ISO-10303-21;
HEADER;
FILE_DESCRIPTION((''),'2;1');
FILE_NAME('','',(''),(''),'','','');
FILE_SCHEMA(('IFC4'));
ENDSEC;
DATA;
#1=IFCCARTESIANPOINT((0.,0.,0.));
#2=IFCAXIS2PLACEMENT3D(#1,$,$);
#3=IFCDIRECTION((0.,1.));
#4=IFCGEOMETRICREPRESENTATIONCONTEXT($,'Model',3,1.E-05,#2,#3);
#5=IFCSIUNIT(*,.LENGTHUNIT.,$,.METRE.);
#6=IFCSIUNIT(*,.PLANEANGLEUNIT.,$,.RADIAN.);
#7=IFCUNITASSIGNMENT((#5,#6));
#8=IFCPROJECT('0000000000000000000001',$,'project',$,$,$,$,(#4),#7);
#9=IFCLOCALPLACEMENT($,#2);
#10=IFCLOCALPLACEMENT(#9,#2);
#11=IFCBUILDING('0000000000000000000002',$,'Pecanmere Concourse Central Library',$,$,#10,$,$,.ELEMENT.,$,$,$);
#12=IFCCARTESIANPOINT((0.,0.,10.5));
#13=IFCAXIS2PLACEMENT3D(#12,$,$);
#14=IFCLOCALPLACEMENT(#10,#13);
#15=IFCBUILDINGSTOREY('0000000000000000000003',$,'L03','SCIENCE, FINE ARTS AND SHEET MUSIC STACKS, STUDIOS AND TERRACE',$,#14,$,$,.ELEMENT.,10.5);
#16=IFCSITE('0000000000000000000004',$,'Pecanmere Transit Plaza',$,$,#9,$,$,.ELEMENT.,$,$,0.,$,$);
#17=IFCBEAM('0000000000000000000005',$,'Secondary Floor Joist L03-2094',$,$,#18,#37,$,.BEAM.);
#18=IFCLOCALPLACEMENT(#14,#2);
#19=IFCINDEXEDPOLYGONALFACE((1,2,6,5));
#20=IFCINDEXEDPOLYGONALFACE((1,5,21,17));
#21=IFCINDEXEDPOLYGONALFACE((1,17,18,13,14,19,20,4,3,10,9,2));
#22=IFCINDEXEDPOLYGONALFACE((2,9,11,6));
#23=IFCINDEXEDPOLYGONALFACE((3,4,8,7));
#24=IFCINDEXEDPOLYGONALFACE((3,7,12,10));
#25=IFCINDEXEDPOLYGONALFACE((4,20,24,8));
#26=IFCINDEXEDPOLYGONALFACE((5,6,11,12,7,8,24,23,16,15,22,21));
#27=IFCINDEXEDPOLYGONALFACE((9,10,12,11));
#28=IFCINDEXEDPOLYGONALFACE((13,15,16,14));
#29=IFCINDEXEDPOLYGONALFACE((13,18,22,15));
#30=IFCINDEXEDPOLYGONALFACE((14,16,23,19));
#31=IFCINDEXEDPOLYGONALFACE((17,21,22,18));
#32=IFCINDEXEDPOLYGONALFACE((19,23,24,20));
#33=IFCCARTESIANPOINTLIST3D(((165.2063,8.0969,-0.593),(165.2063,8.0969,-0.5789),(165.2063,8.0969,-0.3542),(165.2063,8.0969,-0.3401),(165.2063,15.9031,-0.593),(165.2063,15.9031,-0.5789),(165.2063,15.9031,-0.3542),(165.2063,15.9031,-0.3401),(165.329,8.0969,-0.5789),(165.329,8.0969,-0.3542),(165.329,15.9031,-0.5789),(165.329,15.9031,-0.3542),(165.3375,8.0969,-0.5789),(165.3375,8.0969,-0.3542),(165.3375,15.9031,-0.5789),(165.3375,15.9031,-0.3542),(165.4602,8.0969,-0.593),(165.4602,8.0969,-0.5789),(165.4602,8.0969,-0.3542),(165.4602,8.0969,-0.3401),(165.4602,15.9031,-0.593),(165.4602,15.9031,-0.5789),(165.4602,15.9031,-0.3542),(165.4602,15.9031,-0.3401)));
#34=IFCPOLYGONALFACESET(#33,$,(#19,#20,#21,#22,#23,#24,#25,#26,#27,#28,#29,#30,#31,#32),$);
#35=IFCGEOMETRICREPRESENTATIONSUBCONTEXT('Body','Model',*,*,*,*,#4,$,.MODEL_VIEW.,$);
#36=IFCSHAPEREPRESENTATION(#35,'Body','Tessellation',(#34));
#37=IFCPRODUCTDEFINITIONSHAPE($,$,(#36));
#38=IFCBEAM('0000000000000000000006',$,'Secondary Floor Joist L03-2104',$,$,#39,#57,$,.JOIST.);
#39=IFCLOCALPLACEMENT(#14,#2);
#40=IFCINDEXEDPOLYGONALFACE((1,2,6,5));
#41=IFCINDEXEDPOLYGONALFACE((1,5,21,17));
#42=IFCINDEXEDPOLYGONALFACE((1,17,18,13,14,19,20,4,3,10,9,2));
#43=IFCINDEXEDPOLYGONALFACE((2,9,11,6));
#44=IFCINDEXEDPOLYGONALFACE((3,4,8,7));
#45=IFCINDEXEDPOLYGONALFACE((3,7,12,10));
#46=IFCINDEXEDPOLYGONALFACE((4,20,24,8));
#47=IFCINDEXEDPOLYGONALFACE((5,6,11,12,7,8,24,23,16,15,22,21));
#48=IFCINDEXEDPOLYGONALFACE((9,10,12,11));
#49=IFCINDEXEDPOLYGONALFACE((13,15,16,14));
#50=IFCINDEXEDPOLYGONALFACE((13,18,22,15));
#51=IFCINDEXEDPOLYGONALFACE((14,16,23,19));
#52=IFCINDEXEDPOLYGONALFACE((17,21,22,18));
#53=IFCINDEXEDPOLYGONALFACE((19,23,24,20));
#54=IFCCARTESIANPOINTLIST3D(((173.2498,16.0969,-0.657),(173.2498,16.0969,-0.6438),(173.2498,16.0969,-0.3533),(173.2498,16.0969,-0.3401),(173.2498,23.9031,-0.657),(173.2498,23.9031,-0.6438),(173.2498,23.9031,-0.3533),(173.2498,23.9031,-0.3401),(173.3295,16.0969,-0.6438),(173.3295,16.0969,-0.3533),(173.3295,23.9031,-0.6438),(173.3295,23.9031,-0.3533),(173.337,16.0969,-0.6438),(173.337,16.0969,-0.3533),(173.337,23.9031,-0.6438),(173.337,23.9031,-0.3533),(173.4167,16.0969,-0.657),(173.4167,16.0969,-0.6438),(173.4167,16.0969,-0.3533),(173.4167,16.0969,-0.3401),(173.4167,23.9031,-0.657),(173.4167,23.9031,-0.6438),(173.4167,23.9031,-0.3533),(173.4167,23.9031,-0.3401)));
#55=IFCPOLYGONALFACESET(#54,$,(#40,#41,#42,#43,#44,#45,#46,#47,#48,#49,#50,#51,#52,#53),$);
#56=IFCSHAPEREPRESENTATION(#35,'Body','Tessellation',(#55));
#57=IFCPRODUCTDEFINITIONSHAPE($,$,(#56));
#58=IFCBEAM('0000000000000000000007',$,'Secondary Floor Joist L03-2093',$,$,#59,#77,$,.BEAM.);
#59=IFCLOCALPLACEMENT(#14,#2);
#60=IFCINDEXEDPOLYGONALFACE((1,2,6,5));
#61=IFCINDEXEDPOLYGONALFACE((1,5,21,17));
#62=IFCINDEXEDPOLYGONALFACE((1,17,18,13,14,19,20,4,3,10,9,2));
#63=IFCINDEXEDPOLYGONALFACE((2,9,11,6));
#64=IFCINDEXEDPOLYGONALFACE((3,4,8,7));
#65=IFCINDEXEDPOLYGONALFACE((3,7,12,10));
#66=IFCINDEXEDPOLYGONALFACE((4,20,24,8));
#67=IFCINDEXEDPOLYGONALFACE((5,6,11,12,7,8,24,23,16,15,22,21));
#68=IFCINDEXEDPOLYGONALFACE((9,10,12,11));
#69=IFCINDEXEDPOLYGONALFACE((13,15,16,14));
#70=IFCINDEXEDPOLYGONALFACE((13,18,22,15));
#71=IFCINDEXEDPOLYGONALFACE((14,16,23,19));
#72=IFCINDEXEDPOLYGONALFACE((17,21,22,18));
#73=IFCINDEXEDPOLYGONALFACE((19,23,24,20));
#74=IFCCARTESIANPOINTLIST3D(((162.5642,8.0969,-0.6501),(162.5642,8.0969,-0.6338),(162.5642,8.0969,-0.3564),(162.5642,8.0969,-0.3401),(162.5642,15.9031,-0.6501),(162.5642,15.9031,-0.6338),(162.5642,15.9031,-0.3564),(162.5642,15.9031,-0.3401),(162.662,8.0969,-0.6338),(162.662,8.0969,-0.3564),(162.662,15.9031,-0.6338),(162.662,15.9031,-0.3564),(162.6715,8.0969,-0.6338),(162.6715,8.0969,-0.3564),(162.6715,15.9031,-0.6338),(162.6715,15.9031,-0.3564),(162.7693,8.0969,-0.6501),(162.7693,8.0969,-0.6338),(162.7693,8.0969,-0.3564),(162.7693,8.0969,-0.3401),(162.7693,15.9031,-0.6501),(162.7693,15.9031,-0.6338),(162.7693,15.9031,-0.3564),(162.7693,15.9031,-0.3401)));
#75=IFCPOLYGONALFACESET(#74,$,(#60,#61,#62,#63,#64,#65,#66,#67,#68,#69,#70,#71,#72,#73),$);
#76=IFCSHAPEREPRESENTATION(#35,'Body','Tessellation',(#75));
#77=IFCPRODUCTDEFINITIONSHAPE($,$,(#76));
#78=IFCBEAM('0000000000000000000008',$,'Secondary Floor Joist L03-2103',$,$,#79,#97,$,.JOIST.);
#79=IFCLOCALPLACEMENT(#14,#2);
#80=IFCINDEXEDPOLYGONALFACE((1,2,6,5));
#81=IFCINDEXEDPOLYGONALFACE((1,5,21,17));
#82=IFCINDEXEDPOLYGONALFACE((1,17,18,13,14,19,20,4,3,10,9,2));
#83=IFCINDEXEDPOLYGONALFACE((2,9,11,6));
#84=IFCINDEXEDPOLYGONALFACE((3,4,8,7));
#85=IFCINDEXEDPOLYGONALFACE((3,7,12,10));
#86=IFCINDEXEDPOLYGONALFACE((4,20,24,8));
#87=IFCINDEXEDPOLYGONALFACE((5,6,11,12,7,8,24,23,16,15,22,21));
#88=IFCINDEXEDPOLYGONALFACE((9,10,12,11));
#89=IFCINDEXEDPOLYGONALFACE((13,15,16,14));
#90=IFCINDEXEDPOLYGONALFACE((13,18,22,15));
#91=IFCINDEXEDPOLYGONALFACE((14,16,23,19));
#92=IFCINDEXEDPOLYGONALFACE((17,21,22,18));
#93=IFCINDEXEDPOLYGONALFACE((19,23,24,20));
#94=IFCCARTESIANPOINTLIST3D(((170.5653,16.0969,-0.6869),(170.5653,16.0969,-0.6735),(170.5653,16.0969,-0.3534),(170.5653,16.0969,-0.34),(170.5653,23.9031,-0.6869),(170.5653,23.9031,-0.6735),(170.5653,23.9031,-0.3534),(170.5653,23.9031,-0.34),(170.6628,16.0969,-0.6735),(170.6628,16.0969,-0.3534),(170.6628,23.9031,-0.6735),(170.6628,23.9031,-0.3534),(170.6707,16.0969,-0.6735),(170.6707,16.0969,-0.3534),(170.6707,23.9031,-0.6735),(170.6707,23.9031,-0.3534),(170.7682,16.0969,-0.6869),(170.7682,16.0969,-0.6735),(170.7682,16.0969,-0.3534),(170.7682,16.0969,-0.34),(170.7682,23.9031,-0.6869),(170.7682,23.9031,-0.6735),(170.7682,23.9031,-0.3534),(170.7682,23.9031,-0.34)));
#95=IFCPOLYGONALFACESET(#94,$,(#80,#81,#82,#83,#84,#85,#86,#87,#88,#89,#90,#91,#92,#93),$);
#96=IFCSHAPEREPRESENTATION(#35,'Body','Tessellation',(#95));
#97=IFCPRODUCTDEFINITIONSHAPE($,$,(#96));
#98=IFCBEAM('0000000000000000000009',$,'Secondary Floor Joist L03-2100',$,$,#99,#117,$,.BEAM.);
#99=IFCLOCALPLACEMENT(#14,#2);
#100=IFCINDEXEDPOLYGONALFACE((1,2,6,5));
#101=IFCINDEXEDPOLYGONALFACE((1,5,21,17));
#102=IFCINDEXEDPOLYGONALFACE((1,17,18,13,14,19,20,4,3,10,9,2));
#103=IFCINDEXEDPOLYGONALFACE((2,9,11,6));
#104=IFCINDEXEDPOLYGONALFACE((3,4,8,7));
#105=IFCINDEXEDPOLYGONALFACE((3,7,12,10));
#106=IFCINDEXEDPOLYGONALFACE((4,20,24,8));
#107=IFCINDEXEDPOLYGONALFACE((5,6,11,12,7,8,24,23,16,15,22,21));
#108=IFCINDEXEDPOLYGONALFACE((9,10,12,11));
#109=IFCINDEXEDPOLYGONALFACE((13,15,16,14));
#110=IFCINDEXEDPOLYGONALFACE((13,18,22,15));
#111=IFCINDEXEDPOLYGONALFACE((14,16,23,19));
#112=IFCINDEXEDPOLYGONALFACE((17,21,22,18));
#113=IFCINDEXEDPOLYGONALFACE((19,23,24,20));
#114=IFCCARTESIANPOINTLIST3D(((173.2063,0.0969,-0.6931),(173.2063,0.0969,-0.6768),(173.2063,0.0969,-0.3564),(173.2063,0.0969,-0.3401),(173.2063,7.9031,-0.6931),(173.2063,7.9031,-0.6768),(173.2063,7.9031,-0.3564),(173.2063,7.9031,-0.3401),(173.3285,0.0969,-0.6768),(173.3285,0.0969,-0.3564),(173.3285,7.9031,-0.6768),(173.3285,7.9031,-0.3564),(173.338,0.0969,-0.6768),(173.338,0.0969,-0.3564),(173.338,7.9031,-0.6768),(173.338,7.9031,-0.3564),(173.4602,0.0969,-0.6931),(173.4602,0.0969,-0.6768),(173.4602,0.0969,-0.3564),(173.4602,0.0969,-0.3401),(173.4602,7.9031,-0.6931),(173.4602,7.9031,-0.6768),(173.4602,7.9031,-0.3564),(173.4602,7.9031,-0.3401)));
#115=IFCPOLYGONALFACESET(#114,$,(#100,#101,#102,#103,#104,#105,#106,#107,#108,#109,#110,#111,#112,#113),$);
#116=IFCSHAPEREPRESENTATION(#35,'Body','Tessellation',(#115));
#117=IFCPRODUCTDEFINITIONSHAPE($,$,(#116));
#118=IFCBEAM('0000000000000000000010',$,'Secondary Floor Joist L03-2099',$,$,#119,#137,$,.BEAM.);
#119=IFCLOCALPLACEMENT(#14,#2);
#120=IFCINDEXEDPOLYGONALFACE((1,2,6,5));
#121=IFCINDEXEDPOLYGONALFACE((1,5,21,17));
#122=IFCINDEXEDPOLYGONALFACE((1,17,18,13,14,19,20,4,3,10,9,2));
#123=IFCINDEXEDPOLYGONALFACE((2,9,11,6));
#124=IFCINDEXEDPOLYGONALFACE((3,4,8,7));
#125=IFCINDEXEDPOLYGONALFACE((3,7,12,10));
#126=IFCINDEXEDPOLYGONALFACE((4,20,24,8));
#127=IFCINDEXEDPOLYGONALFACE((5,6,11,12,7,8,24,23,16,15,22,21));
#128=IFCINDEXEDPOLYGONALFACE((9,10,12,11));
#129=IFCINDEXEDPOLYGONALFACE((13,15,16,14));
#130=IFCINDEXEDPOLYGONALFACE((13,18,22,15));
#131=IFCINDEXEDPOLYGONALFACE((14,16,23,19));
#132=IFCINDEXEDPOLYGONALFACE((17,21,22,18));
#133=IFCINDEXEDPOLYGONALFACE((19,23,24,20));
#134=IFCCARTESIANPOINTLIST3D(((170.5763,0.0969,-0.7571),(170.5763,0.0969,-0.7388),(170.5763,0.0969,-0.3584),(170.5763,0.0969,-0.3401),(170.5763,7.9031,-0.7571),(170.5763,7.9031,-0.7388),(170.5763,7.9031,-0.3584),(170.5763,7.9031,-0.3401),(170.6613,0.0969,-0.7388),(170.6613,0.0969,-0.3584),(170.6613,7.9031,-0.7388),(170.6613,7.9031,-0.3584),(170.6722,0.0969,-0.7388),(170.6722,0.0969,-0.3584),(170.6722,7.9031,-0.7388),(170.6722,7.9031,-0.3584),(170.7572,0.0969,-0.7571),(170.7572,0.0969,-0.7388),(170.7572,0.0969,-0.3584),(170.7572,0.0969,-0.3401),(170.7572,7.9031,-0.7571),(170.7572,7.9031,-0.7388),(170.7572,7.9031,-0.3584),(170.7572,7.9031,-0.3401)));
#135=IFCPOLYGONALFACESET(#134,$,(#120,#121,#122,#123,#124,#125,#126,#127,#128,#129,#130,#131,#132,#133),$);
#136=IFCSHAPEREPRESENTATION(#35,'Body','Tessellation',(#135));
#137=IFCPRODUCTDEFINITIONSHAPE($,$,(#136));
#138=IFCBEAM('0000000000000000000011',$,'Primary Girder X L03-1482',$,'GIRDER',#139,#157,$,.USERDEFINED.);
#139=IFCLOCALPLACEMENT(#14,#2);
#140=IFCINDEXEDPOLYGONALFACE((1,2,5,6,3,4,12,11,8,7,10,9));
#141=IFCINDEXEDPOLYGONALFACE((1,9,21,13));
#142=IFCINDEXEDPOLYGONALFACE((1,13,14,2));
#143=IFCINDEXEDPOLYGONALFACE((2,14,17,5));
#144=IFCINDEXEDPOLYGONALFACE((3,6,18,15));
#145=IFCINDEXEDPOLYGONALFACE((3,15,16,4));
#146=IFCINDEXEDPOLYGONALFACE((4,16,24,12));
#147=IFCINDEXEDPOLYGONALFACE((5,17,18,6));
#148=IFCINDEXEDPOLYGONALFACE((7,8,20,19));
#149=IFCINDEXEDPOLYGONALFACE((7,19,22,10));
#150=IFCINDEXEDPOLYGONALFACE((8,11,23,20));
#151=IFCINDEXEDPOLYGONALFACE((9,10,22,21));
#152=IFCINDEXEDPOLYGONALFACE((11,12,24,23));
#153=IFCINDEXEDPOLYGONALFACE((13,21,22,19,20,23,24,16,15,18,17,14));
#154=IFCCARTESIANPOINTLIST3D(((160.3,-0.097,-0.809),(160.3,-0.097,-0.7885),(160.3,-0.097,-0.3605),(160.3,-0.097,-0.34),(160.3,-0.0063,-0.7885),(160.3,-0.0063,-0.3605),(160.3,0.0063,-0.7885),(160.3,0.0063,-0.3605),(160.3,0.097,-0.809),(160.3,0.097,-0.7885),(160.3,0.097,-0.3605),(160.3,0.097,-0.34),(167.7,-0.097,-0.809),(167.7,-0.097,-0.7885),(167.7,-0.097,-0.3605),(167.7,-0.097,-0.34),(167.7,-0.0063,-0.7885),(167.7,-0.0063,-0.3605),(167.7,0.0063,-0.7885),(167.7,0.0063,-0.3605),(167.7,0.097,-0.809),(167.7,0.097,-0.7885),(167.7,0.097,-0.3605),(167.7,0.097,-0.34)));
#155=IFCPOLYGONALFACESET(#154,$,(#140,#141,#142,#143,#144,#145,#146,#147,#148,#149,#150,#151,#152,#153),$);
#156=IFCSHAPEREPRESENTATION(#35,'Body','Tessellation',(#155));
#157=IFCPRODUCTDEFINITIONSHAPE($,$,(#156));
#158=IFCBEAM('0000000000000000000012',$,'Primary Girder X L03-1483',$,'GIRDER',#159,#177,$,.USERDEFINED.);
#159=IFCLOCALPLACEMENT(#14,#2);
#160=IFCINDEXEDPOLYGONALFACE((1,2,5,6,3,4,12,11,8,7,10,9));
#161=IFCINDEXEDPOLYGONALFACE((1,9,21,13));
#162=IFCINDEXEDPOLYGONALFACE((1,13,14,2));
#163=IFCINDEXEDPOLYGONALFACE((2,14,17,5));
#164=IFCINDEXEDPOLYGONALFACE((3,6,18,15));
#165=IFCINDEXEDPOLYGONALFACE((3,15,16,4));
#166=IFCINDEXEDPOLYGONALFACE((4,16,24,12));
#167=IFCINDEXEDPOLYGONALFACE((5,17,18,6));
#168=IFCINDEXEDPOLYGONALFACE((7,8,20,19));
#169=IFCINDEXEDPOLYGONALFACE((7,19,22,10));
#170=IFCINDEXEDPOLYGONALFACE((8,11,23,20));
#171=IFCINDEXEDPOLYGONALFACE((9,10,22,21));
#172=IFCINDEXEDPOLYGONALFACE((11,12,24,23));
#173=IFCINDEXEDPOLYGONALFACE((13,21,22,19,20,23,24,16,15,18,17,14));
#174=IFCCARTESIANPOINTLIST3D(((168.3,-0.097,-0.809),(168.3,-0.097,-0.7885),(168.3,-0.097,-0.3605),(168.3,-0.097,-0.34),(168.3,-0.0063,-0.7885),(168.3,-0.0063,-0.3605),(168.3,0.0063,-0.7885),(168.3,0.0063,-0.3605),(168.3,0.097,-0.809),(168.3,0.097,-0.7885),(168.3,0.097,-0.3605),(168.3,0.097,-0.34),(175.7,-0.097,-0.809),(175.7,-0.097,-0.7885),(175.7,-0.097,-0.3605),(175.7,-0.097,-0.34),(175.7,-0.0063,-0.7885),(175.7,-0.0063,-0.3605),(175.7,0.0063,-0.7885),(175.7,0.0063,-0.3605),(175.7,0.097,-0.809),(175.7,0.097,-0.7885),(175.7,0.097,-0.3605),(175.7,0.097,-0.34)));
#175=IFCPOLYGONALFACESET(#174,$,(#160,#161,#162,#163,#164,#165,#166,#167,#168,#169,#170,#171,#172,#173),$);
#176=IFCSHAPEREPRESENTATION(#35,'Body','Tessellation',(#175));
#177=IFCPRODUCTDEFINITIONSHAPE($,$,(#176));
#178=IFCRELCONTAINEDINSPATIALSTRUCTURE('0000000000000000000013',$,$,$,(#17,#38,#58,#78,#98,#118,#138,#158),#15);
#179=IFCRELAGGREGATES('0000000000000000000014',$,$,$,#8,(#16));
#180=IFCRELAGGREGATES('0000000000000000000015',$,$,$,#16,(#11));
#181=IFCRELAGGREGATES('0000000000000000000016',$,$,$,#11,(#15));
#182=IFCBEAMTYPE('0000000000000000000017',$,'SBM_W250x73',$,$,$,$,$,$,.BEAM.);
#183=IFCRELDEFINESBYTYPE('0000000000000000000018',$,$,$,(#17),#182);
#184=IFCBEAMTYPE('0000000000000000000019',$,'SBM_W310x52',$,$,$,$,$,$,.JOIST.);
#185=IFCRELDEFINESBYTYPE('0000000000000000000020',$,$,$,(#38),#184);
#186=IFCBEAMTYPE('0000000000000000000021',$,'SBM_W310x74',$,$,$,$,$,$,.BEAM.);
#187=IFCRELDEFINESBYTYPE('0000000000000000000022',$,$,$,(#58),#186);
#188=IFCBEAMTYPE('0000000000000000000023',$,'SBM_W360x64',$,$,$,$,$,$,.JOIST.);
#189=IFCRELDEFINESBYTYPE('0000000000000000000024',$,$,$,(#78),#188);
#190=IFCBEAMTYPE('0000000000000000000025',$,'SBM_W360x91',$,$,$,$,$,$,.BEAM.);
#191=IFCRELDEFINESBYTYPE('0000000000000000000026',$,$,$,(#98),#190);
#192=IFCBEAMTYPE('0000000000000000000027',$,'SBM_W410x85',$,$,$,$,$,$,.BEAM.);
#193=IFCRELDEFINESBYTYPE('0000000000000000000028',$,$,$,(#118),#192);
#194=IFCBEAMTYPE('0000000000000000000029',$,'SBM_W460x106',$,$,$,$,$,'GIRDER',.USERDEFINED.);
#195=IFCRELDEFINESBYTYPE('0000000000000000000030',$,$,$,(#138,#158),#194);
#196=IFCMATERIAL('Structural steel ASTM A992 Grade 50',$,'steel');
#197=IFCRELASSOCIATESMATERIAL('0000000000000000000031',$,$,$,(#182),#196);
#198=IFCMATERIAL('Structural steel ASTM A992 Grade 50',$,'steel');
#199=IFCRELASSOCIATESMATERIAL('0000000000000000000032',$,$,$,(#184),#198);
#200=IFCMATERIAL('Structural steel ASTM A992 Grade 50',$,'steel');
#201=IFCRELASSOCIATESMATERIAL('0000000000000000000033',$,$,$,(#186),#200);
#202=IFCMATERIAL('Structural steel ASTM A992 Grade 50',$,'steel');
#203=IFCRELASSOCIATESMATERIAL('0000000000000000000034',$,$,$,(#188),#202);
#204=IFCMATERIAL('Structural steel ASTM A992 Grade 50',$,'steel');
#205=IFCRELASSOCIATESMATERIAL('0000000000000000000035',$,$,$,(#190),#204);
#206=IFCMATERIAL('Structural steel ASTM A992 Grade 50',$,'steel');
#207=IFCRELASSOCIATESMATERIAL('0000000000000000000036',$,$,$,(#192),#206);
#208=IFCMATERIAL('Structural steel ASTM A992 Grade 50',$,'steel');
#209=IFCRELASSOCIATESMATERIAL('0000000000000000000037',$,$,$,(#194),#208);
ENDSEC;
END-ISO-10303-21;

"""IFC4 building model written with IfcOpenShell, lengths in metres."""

from ifc_helpers import new_model, si_unit, direction, frame, origin, origin_2d, place, context, subcontext, project, spatial, i_section, extrude, material, material_profile, profile_set, type_object, element, save


model = new_model("IFC4")

# Units and contexts
model_context = context("Model", 3, precision=1e-05, world=origin(), true_north=direction((0.0, 1.0)))
body_context = subcontext(model_context, "Body", "Model", "MODEL_VIEW")
ifc_project = project(units=[si_unit("LENGTHUNIT", "METRE"), si_unit("PLANEANGLEUNIT", "RADIAN")], contexts=[model_context])

# Site, building, storey
site_placement = place(None, origin())
site = spatial("IfcSite", under=ifc_project, at=site_placement, Name="Pecanmere Transit Plaza", CompositionType="ELEMENT", RefElevation=0.0)
building_placement = place(site_placement, origin())
building = spatial("IfcBuilding", under=site, at=building_placement, Name="Pecanmere Concourse Central Library", CompositionType="ELEMENT")
storey_placement = place(building_placement, frame((0.0, 0.0, 10.5)))
storey = spatial("IfcBuildingStorey", under=building, at=storey_placement, Name="L03", Description="SCIENCE, FINE ARTS AND SHEET MUSIC STACKS, STUDIOS AND TERRACE", CompositionType="ELEMENT", Elevation=10.5)

# Beams
ifc_material_1 = material(Name="Structural steel ASTM A992 Grade 50", Category="steel")
ifc_material_profile_1 = material_profile(ifc_material_1, i_section(OverallWidth=0.2539, OverallDepth=0.2529, WebThickness=0.0085, FlangeThickness=0.0142, at=origin_2d()), Name="W250x73")
ifc_profile_set_1 = profile_set([ifc_material_profile_1], Name="Structural steel ASTM A992 Grade 50")
beam_type_1 = type_object("IfcBeamType", Name="SBM_W250x73", PredefinedType="BEAM", material=ifc_profile_set_1)
beam_1_placement = place(storey_placement, frame((165.3333, 8.0969, -0.4666), z_axis=(0.0, 1.0, 0.0), x_axis=(-1.0, 0.0, 0.0)))
element("IfcBeam", 1, at=beam_1_placement, inside=storey, type_object=beam_type_1, Name="Secondary Floor Joist L03-2094", PredefinedType="BEAM", context=body_context, shape_type="SweptSolid", body=[
    extrude(i_section(OverallWidth=0.2539, OverallDepth=0.2529, WebThickness=0.0085, FlangeThickness=0.0142, at=origin_2d()), origin(), (0.0, 0.0, 1.0), 7.8062),
])
ifc_material_2 = material(Name="Structural steel ASTM A992 Grade 50", Category="steel")
ifc_material_profile_2 = material_profile(ifc_material_2, i_section(OverallWidth=0.167, OverallDepth=0.3169, WebThickness=0.0076, FlangeThickness=0.0132, at=origin_2d()), Name="W310x52")
ifc_profile_set_2 = profile_set([ifc_material_profile_2], Name="Structural steel ASTM A992 Grade 50")
beam_type_2 = type_object("IfcBeamType", Name="SBM_W310x52", PredefinedType="JOIST", material=ifc_profile_set_2)
beam_2_placement = place(storey_placement, frame((173.3333, 16.0969, -0.4985), z_axis=(0.0, 1.0, 0.0), x_axis=(-1.0, 0.0, 0.0)))
element("IfcBeam", 2, at=beam_2_placement, inside=storey, type_object=beam_type_2, Name="Secondary Floor Joist L03-2104", PredefinedType="JOIST", context=body_context, shape_type="SweptSolid", body=[
    extrude(i_section(OverallWidth=0.167, OverallDepth=0.3169, WebThickness=0.0076, FlangeThickness=0.0132, at=origin_2d()), origin(), (0.0, 0.0, 1.0), 7.8062),
])
ifc_material_3 = material(Name="Structural steel ASTM A992 Grade 50", Category="steel")
ifc_material_profile_3 = material_profile(ifc_material_3, i_section(OverallWidth=0.2051, OverallDepth=0.3101, WebThickness=0.0095, FlangeThickness=0.0164, at=origin_2d()), Name="W310x74")
ifc_profile_set_3 = profile_set([ifc_material_profile_3], Name="Structural steel ASTM A992 Grade 50")
beam_type_3 = type_object("IfcBeamType", Name="SBM_W310x74", PredefinedType="BEAM", material=ifc_profile_set_3)
beam_3_placement = place(storey_placement, frame((162.6667, 8.0969, -0.4951), z_axis=(0.0, 1.0, 0.0), x_axis=(-1.0, 0.0, 0.0)))
element("IfcBeam", 3, at=beam_3_placement, inside=storey, type_object=beam_type_3, Name="Secondary Floor Joist L03-2093", PredefinedType="BEAM", context=body_context, shape_type="SweptSolid", body=[
    extrude(i_section(OverallWidth=0.2051, OverallDepth=0.3101, WebThickness=0.0095, FlangeThickness=0.0164, at=origin_2d()), origin(), (0.0, 0.0, 1.0), 7.8062),
])
ifc_material_4 = material(Name="Structural steel ASTM A992 Grade 50", Category="steel")
ifc_material_profile_4 = material_profile(ifc_material_4, i_section(OverallWidth=0.2029, OverallDepth=0.3469, WebThickness=0.0078, FlangeThickness=0.0134, at=origin_2d()), Name="W360x64")
ifc_profile_set_4 = profile_set([ifc_material_profile_4], Name="Structural steel ASTM A992 Grade 50")
beam_type_4 = type_object("IfcBeamType", Name="SBM_W360x64", PredefinedType="JOIST", material=ifc_profile_set_4)
beam_4_placement = place(storey_placement, frame((170.6667, 16.0969, -0.5134), z_axis=(0.0, 1.0, 0.0), x_axis=(-1.0, 0.0, 0.0)))
element("IfcBeam", 4, at=beam_4_placement, inside=storey, type_object=beam_type_4, Name="Secondary Floor Joist L03-2103", PredefinedType="JOIST", context=body_context, shape_type="SweptSolid", body=[
    extrude(i_section(OverallWidth=0.2029, OverallDepth=0.3469, WebThickness=0.0078, FlangeThickness=0.0134, at=origin_2d()), origin(), (0.0, 0.0, 1.0), 7.8062),
])
ifc_material_5 = material(Name="Structural steel ASTM A992 Grade 50", Category="steel")
ifc_material_profile_5 = material_profile(ifc_material_5, i_section(OverallWidth=0.2539, OverallDepth=0.353, WebThickness=0.0095, FlangeThickness=0.0164, at=origin_2d()), Name="W360x91")
ifc_profile_set_5 = profile_set([ifc_material_profile_5], Name="Structural steel ASTM A992 Grade 50")
beam_type_5 = type_object("IfcBeamType", Name="SBM_W360x91", PredefinedType="BEAM", material=ifc_profile_set_5)
beam_5_placement = place(storey_placement, frame((173.3333, 0.0969, -0.5166), z_axis=(0.0, 1.0, 0.0), x_axis=(-1.0, 0.0, 0.0)))
element("IfcBeam", 5, at=beam_5_placement, inside=storey, type_object=beam_type_5, Name="Secondary Floor Joist L03-2100", PredefinedType="BEAM", context=body_context, shape_type="SweptSolid", body=[
    extrude(i_section(OverallWidth=0.2539, OverallDepth=0.353, WebThickness=0.0095, FlangeThickness=0.0164, at=origin_2d()), origin(), (0.0, 0.0, 1.0), 7.8062),
])
ifc_material_6 = material(Name="Structural steel ASTM A992 Grade 50", Category="steel")
ifc_material_profile_6 = material_profile(ifc_material_6, i_section(OverallWidth=0.1809, OverallDepth=0.417, WebThickness=0.011, FlangeThickness=0.0183, at=origin_2d()), Name="W410x85")
ifc_profile_set_6 = profile_set([ifc_material_profile_6], Name="Structural steel ASTM A992 Grade 50")
beam_type_6 = type_object("IfcBeamType", Name="SBM_W410x85", PredefinedType="BEAM", material=ifc_profile_set_6)
beam_6_placement = place(storey_placement, frame((170.6667, 0.0969, -0.5486), z_axis=(0.0, 1.0, 0.0), x_axis=(-1.0, 0.0, 0.0)))
element("IfcBeam", 6, at=beam_6_placement, inside=storey, type_object=beam_type_6, Name="Secondary Floor Joist L03-2099", PredefinedType="BEAM", context=body_context, shape_type="SweptSolid", body=[
    extrude(i_section(OverallWidth=0.1809, OverallDepth=0.417, WebThickness=0.011, FlangeThickness=0.0183, at=origin_2d()), origin(), (0.0, 0.0, 1.0), 7.8062),
])
ifc_material_7 = material(Name="Structural steel ASTM A992 Grade 50", Category="steel")
ifc_material_profile_7 = material_profile(ifc_material_7, i_section(OverallWidth=0.1941, OverallDepth=0.469, WebThickness=0.0127, FlangeThickness=0.0205, at=origin_2d()), Name="W460x106")
ifc_profile_set_7 = profile_set([ifc_material_profile_7], Name="Structural steel ASTM A992 Grade 50")
beam_type_7 = type_object("IfcBeamType", Name="SBM_W460x106", ElementType="GIRDER", PredefinedType="USERDEFINED", material=ifc_profile_set_7)
for number, where, z_axis, x_axis, name in (
    (7, (160.3, 0.0, -0.5745), (1.0, 0.0, 0.0), (0.0, 1.0, 0.0), "Primary Girder X L03-1482"),
    (8, (168.3, 0.0, -0.5745), (1.0, 0.0, 0.0), (0.0, 1.0, 0.0), "Primary Girder X L03-1483"),
):
    element("IfcBeam", number, at=place(storey_placement, frame(where, z_axis=z_axis, x_axis=x_axis)), inside=storey, type_object=beam_type_7, Name=name, ObjectType="GIRDER", PredefinedType="USERDEFINED", context=body_context, shape_type="SweptSolid", body=[
        extrude(i_section(OverallWidth=0.1941, OverallDepth=0.469, WebThickness=0.0127, FlangeThickness=0.0205, at=origin_2d()), origin(), (0.0, 0.0, 1.0), 7.3999),
    ])

save(model, "model.ifc")
